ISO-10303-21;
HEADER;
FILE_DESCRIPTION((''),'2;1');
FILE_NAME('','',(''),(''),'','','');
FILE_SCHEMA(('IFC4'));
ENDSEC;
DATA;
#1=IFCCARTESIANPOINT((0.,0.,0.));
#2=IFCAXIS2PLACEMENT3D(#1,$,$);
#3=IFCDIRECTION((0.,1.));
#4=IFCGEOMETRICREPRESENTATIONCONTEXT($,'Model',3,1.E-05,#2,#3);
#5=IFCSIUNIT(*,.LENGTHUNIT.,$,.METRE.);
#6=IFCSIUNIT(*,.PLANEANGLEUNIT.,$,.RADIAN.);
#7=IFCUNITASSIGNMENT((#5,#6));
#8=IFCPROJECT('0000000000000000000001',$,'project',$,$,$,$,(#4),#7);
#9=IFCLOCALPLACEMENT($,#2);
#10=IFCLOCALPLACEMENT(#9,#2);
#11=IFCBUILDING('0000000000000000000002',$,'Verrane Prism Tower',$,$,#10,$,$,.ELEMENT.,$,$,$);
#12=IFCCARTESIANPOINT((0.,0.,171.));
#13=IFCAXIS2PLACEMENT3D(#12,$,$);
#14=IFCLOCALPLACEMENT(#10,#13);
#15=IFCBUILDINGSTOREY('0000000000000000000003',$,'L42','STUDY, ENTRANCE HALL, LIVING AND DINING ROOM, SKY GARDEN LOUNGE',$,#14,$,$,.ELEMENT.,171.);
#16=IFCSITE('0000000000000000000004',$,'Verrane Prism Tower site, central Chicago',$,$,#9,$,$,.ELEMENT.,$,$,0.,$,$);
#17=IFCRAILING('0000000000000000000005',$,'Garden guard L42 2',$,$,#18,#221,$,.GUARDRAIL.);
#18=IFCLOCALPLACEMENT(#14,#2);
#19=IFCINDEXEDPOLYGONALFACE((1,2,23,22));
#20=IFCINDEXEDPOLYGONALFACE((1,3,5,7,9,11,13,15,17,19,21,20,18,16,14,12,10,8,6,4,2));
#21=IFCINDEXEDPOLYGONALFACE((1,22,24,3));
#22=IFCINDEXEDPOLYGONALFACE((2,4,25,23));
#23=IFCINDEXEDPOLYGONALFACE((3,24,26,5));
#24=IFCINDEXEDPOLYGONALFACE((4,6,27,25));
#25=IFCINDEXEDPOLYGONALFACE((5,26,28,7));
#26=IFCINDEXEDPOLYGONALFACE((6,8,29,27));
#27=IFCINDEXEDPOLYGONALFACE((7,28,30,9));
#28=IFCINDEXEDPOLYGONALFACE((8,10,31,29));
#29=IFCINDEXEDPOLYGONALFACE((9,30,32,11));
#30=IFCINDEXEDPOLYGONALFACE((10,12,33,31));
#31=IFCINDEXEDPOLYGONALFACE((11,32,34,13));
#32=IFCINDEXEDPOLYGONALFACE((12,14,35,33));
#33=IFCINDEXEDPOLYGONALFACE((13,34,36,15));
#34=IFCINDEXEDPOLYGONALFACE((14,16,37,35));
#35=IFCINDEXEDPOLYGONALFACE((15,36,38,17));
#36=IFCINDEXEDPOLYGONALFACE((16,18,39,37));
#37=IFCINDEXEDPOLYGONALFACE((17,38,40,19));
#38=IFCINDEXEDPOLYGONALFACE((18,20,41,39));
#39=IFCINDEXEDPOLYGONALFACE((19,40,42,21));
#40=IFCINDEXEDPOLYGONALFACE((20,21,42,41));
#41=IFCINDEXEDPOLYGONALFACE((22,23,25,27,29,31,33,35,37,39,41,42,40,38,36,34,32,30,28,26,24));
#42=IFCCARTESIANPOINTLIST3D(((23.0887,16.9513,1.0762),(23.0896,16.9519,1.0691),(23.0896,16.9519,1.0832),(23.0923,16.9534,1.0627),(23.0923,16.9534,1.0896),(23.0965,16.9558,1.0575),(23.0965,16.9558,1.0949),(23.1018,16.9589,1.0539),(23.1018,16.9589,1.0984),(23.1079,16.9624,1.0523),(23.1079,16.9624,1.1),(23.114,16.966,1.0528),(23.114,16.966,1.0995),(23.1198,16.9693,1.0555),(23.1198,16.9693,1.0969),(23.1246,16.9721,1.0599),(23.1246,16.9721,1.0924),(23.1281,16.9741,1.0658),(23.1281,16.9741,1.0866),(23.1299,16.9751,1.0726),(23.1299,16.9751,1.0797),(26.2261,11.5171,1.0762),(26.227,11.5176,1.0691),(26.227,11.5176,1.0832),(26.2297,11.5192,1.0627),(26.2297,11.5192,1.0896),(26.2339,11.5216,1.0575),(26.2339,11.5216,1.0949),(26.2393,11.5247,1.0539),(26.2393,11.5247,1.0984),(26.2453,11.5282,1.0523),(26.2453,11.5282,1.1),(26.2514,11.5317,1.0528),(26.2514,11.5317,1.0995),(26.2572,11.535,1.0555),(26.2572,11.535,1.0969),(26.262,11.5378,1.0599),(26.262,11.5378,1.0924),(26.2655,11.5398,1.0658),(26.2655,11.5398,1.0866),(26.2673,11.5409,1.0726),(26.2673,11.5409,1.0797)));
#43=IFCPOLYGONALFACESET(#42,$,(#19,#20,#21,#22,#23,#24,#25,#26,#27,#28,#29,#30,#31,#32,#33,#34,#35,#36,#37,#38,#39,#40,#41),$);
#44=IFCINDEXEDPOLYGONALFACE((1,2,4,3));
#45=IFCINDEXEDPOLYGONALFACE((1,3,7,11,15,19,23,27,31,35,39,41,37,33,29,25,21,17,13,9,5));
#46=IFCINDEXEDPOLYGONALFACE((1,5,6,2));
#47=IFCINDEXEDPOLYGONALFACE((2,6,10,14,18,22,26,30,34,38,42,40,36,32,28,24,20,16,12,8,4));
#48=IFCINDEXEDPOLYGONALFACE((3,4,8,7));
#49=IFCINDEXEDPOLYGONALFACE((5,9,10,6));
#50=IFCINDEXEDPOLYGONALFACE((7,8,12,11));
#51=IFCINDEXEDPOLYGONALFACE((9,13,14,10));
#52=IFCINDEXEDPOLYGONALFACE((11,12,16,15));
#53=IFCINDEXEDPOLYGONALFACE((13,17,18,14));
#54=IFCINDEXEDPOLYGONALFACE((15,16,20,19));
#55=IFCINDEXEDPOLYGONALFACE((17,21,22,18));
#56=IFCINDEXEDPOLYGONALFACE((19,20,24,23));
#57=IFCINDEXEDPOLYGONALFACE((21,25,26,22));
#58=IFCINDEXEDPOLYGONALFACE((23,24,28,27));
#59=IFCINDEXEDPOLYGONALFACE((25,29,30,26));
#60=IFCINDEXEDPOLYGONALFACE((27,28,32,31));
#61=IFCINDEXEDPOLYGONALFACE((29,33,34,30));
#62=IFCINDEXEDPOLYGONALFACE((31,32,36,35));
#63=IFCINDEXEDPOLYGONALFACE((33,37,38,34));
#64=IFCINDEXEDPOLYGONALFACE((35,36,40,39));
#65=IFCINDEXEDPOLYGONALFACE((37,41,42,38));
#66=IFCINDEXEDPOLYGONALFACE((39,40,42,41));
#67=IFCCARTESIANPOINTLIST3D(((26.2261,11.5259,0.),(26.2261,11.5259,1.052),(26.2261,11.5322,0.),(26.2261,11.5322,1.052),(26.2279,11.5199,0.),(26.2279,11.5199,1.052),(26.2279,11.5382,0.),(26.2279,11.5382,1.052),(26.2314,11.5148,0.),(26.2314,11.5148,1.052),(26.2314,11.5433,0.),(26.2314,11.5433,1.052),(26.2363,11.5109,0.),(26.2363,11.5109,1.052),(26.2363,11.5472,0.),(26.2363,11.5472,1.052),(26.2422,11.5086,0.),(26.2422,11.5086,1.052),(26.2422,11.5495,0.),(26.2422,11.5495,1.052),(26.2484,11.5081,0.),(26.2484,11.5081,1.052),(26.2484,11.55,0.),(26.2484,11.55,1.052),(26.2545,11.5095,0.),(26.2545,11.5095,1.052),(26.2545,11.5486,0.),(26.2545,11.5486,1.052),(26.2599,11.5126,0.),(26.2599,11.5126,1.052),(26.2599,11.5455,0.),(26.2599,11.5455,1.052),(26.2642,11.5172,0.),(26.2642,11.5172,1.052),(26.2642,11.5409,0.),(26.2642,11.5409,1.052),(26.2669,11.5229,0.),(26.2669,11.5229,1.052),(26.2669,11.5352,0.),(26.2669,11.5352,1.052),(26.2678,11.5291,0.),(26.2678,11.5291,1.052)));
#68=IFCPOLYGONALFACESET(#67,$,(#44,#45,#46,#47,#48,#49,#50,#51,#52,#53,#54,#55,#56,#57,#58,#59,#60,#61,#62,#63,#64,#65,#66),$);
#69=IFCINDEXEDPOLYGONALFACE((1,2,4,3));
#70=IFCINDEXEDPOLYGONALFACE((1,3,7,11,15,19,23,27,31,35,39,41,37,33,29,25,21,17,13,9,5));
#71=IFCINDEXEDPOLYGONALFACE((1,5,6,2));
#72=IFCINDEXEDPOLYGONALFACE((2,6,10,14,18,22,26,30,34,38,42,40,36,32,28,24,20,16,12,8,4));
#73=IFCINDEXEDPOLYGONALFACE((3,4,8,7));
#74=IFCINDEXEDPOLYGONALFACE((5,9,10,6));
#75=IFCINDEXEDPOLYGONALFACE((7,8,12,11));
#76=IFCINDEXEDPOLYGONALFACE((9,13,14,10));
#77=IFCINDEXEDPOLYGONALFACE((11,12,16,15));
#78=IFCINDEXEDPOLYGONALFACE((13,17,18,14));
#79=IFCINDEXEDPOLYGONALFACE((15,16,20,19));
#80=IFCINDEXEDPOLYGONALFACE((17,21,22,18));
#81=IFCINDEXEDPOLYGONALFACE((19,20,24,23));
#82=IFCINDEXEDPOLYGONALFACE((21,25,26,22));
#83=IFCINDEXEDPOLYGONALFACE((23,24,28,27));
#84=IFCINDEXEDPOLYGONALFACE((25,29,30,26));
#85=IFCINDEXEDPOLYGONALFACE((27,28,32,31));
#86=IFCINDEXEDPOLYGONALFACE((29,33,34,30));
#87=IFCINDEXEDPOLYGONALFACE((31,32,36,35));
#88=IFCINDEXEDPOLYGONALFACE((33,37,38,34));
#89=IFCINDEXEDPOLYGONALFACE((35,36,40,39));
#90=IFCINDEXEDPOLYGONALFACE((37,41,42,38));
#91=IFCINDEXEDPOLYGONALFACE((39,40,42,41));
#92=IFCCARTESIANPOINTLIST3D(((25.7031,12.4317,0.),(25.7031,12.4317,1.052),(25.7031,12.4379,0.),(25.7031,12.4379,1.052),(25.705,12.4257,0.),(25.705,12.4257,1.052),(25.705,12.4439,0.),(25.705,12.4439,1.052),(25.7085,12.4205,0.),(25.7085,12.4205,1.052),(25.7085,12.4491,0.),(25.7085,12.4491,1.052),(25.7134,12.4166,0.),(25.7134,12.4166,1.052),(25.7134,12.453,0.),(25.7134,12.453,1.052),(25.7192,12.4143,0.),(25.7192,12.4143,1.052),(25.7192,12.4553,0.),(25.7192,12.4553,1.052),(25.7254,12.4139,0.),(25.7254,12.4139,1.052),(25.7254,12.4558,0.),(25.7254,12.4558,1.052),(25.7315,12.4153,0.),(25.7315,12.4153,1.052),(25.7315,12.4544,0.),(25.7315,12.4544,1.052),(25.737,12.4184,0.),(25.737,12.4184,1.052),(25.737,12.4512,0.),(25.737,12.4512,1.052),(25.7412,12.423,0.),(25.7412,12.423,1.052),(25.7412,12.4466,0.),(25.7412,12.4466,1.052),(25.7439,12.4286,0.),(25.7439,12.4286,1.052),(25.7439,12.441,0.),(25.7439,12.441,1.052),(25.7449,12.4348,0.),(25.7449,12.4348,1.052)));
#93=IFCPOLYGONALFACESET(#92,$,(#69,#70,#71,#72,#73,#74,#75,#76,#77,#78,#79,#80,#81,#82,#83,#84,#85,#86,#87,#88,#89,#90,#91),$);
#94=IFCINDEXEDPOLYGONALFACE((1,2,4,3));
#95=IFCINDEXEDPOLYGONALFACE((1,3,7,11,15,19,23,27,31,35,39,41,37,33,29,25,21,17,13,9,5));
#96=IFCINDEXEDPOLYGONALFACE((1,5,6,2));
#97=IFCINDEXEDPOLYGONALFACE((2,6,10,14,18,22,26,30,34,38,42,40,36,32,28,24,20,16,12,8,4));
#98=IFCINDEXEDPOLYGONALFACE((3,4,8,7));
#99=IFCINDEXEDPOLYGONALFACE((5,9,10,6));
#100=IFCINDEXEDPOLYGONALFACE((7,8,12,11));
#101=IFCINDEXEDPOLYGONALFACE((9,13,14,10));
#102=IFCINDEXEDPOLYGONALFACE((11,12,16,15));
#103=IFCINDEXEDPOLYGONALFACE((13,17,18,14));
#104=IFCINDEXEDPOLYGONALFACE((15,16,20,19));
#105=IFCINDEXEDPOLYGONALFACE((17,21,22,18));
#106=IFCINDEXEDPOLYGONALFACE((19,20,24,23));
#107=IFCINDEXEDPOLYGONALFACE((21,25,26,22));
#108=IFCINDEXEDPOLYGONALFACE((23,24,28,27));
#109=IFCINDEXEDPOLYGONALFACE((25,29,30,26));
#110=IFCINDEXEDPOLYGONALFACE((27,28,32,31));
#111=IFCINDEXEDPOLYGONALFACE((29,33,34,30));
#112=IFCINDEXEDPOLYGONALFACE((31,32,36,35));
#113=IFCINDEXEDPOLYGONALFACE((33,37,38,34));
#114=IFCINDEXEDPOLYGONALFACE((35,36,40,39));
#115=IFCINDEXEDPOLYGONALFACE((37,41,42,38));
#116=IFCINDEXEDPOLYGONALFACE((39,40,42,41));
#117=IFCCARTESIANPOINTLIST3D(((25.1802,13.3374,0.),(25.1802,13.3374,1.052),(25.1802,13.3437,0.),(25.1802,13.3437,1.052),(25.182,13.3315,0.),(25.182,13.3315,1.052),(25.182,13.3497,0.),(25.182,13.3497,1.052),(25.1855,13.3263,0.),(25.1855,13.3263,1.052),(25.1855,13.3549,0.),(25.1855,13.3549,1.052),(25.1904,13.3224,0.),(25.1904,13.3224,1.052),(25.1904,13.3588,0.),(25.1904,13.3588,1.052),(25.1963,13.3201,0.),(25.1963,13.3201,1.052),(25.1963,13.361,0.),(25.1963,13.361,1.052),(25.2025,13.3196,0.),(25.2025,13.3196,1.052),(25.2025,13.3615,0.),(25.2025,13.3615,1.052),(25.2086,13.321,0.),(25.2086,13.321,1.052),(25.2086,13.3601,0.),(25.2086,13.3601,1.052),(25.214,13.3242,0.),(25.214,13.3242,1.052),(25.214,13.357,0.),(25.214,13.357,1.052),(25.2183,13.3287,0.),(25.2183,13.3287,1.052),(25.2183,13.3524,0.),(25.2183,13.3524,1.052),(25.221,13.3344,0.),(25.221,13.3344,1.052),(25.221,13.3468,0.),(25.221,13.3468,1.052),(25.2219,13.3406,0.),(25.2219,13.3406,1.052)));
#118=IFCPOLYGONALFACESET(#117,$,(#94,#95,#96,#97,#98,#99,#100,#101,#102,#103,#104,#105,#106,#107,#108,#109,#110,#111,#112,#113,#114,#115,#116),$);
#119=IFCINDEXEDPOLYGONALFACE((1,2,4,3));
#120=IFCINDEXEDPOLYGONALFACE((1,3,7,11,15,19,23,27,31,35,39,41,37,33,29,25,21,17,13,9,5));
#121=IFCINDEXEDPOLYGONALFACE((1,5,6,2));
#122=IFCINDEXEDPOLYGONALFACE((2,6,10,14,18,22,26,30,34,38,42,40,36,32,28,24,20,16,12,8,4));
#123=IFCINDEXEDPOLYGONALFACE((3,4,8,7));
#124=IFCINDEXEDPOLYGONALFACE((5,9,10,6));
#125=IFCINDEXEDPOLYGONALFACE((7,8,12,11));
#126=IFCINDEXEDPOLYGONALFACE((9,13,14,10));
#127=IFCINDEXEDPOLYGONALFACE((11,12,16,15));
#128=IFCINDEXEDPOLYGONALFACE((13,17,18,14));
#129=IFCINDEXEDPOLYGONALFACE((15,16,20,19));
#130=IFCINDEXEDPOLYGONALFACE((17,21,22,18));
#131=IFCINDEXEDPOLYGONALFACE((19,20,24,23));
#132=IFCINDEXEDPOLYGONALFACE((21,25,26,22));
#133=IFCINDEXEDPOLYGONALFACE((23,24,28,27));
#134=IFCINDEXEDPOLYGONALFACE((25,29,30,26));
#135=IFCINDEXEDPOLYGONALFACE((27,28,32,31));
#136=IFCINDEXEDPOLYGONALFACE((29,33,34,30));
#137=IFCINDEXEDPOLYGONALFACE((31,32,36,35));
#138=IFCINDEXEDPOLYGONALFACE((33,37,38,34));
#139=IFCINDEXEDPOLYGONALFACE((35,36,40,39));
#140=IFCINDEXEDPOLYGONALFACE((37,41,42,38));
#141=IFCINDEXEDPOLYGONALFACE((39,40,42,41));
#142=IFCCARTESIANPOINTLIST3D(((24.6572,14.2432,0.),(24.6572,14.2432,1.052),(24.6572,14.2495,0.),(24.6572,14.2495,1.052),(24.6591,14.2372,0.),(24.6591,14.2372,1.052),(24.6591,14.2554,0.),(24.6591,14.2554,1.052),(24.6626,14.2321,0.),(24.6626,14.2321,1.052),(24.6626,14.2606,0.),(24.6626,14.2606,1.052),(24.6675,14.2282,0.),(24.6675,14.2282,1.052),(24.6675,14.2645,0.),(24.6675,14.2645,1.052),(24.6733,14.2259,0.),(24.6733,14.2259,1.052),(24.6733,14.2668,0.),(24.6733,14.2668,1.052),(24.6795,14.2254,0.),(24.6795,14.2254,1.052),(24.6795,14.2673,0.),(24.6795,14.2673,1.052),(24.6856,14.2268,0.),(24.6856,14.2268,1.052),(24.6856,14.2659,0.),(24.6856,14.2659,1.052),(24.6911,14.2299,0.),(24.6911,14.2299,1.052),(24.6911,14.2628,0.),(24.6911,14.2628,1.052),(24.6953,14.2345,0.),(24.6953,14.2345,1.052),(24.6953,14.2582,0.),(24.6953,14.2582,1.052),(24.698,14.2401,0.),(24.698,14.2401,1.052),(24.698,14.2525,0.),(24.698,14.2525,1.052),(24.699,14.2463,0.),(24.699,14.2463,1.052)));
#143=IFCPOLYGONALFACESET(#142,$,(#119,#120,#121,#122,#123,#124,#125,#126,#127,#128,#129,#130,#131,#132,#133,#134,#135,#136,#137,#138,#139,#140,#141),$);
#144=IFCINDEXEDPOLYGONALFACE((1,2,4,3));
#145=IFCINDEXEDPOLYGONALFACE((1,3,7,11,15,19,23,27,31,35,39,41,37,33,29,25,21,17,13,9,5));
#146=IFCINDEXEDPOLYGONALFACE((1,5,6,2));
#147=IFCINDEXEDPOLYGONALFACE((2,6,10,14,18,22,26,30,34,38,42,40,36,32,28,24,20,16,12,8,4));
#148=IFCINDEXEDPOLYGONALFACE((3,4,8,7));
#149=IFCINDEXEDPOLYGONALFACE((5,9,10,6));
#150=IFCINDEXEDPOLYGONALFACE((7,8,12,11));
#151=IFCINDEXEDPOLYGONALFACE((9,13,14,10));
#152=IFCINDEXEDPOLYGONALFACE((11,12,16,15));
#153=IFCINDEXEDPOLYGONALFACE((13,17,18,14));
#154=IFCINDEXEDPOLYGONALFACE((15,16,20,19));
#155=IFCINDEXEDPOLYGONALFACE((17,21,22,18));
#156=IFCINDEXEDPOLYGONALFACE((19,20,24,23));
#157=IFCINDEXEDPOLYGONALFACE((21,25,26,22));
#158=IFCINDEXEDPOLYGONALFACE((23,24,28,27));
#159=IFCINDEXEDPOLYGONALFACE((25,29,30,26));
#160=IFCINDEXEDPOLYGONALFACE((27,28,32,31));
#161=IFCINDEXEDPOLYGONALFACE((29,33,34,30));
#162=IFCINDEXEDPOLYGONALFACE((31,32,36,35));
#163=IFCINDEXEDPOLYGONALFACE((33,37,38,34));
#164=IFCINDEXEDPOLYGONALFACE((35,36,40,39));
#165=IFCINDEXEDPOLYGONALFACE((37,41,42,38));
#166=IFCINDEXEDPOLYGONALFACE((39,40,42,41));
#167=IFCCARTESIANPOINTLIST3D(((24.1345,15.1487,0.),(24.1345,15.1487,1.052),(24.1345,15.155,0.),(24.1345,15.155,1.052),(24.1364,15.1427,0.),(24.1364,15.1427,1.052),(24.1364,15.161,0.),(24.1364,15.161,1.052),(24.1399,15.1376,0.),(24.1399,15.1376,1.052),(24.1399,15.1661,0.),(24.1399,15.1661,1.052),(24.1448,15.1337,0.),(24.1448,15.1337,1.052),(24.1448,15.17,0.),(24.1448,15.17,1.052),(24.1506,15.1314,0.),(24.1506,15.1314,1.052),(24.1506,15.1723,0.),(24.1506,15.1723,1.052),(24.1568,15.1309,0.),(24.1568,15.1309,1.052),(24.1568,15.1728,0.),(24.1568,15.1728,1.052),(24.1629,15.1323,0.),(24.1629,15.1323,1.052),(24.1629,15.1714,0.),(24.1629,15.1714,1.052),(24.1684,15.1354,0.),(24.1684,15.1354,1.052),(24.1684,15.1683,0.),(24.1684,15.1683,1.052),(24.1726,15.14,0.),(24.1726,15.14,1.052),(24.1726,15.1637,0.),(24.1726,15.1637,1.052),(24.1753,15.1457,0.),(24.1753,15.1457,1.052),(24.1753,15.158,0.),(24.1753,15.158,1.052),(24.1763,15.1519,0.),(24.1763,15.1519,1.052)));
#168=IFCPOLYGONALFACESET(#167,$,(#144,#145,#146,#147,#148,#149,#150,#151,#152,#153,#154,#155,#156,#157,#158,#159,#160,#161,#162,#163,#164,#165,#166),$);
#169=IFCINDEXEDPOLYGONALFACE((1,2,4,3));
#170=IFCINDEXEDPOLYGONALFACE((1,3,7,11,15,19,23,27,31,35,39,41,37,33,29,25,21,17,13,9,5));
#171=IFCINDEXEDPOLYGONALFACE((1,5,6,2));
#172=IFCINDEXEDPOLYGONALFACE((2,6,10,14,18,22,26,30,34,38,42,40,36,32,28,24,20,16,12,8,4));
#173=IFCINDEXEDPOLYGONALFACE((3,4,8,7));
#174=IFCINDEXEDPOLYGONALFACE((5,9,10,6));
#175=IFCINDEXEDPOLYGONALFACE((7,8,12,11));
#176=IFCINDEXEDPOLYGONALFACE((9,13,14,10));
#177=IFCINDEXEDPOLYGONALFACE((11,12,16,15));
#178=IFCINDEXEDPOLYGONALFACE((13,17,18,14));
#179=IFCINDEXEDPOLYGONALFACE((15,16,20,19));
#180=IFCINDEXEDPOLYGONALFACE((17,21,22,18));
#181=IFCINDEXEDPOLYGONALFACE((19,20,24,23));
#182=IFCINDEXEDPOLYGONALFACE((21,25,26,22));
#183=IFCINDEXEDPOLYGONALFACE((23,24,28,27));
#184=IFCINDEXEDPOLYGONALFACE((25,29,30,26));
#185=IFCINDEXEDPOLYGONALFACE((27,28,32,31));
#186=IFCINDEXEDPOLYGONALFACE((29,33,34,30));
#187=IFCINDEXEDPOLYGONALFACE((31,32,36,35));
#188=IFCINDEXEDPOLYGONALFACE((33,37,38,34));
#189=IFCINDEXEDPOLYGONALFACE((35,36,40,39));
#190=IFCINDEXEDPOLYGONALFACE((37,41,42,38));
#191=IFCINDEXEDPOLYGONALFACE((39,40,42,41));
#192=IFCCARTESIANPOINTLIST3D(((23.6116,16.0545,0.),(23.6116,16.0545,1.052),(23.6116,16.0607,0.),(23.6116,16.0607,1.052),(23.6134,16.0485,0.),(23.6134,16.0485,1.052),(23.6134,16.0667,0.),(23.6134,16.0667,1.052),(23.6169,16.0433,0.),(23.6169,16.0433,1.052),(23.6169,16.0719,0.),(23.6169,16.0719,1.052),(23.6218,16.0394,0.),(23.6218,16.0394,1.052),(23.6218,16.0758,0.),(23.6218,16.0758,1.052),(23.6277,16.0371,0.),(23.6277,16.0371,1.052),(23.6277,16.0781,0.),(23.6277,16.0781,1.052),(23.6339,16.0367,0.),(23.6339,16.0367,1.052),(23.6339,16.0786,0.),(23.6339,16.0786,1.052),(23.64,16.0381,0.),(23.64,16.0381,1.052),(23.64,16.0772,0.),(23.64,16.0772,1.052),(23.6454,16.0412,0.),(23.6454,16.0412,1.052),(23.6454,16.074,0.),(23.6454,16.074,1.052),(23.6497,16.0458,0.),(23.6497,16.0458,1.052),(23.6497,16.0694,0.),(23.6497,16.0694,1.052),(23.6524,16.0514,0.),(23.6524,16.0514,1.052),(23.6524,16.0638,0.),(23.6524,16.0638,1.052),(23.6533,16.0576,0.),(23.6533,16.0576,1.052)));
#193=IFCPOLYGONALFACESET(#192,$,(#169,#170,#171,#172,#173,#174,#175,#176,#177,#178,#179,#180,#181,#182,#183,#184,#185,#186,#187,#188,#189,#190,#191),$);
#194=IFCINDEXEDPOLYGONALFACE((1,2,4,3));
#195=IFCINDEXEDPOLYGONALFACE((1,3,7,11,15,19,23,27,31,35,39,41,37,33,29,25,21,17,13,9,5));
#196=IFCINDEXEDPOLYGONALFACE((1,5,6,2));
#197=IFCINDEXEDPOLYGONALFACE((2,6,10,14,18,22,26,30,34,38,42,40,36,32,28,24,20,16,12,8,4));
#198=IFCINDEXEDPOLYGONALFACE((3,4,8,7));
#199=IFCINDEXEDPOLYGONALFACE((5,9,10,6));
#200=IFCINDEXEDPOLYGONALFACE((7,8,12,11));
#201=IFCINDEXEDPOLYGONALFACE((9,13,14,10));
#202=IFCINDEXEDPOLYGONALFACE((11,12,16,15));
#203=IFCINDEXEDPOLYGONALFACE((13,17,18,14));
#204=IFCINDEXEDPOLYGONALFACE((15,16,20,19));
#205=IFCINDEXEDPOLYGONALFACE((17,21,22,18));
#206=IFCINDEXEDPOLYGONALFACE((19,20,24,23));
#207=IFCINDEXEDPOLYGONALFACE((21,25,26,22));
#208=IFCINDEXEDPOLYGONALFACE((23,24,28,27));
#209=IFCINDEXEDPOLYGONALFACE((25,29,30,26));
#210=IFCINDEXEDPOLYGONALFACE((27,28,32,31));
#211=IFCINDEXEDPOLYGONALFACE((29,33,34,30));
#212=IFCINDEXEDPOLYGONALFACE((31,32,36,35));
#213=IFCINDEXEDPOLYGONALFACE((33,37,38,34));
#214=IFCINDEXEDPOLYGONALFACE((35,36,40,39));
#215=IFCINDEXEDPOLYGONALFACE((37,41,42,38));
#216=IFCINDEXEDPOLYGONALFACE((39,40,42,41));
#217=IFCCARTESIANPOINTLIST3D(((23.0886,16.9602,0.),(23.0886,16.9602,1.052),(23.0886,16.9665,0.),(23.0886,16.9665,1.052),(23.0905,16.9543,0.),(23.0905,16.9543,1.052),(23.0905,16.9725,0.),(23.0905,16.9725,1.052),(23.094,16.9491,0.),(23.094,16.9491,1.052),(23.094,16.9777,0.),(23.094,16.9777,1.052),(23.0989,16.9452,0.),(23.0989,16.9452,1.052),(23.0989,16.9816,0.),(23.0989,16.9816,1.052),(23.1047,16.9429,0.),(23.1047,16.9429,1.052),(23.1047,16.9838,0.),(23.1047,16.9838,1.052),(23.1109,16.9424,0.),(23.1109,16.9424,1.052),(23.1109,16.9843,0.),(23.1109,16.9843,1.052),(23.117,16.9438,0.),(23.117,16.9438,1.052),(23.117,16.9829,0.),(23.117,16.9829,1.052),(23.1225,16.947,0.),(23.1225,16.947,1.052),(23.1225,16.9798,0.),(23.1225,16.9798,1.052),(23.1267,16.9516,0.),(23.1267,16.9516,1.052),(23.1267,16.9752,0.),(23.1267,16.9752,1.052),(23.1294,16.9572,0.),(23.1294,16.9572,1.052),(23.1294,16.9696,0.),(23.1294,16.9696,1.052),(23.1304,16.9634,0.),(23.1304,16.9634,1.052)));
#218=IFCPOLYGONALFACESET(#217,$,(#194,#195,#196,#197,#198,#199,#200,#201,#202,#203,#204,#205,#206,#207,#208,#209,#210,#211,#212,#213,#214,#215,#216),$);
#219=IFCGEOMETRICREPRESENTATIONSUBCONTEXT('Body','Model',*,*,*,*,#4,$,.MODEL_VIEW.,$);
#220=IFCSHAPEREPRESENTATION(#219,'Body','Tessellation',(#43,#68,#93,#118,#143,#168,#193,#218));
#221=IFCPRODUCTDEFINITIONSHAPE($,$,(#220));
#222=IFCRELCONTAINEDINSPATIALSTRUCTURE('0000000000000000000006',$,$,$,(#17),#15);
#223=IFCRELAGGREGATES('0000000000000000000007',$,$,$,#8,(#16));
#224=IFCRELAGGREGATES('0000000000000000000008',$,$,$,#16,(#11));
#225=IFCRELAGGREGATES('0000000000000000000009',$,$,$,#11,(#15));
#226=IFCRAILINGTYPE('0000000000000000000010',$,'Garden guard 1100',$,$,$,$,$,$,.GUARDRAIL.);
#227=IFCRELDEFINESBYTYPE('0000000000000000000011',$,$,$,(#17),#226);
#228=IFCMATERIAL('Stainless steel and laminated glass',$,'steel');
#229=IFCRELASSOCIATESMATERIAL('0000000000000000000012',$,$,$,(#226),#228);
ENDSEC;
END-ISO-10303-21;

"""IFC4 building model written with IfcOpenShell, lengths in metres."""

from ifc_helpers import new_model, si_unit, direction, frame, origin, origin_2d, place, context, subcontext, project, spatial, circle, extrude, material, type_object, element, save


model = new_model("IFC4")

# Units and contexts
model_context = context("Model", 3, precision=1e-05, world=origin(), true_north=direction((0.0, 1.0)))
body_context = subcontext(model_context, "Body", "Model", "MODEL_VIEW")
ifc_project = project(units=[si_unit("LENGTHUNIT", "METRE"), si_unit("PLANEANGLEUNIT", "RADIAN")], contexts=[model_context])

# Site, building, storey
site_placement = place(None, origin())
site = spatial("IfcSite", under=ifc_project, at=site_placement, Name="Verrane Prism Tower site, central Chicago", CompositionType="ELEMENT", RefElevation=0.0)
building_placement = place(site_placement, origin())
building = spatial("IfcBuilding", under=site, at=building_placement, Name="Verrane Prism Tower", CompositionType="ELEMENT")
storey_placement = place(building_placement, frame((0.0, 0.0, 171.0)))
storey = spatial("IfcBuildingStorey", under=building, at=storey_placement, Name="L42", Description="STUDY, ENTRANCE HALL, LIVING AND DINING ROOM, SKY GARDEN LOUNGE", CompositionType="ELEMENT", Elevation=171.0)

# Railing
ifc_material_1 = material(Name="Stainless steel and laminated glass", Category="steel")
railing_type = type_object("IfcRailingType", Name="Garden guard 1100", PredefinedType="GUARDRAIL", material=ifc_material_1)
railing_1_placement = place(storey_placement, frame((26.2468, 11.5291, 0.0)))
element("IfcRailing", 1, at=railing_1_placement, inside=storey, type_object=railing_type, Name="Garden guard L42 2", PredefinedType="GUARDRAIL", context=body_context, shape_type="SweptSolid", body=[
    extrude(circle(Radius=0.0239, at=origin_2d()), frame((0.0, 0.0, 1.0762), z_axis=(-0.499993, 0.866029, 0.0), x_axis=(-0.866029, -0.499993, 0.0)), (0.0, 0.0, 1.0), 6.2749),
    extrude(circle(Radius=0.021, at=origin_2d()), origin(), (0.0, 0.0, 1.0), 1.052),
    extrude(circle(Radius=0.021, at=origin_2d()), frame((-0.5229, 0.9058, 0.0)), (0.0, 0.0, 1.0), 1.052),
    extrude(circle(Radius=0.021, at=origin_2d()), frame((-1.0459, 1.8115, 0.0)), (0.0, 0.0, 1.0), 1.052),
    extrude(circle(Radius=0.021, at=origin_2d()), frame((-1.5688, 2.7173, 0.0)), (0.0, 0.0, 1.0), 1.052),
    extrude(circle(Radius=0.021, at=origin_2d()), frame((-2.0916, 3.6228, 0.0)), (0.0, 0.0, 1.0), 1.052),
    extrude(circle(Radius=0.021, at=origin_2d()), frame((-2.6145, 4.5286, 0.0)), (0.0, 0.0, 1.0), 1.052),
    extrude(circle(Radius=0.021, at=origin_2d()), frame((-3.1375, 5.4343, 0.0)), (0.0, 0.0, 1.0), 1.052),
])

save(model, "model.ifc")
